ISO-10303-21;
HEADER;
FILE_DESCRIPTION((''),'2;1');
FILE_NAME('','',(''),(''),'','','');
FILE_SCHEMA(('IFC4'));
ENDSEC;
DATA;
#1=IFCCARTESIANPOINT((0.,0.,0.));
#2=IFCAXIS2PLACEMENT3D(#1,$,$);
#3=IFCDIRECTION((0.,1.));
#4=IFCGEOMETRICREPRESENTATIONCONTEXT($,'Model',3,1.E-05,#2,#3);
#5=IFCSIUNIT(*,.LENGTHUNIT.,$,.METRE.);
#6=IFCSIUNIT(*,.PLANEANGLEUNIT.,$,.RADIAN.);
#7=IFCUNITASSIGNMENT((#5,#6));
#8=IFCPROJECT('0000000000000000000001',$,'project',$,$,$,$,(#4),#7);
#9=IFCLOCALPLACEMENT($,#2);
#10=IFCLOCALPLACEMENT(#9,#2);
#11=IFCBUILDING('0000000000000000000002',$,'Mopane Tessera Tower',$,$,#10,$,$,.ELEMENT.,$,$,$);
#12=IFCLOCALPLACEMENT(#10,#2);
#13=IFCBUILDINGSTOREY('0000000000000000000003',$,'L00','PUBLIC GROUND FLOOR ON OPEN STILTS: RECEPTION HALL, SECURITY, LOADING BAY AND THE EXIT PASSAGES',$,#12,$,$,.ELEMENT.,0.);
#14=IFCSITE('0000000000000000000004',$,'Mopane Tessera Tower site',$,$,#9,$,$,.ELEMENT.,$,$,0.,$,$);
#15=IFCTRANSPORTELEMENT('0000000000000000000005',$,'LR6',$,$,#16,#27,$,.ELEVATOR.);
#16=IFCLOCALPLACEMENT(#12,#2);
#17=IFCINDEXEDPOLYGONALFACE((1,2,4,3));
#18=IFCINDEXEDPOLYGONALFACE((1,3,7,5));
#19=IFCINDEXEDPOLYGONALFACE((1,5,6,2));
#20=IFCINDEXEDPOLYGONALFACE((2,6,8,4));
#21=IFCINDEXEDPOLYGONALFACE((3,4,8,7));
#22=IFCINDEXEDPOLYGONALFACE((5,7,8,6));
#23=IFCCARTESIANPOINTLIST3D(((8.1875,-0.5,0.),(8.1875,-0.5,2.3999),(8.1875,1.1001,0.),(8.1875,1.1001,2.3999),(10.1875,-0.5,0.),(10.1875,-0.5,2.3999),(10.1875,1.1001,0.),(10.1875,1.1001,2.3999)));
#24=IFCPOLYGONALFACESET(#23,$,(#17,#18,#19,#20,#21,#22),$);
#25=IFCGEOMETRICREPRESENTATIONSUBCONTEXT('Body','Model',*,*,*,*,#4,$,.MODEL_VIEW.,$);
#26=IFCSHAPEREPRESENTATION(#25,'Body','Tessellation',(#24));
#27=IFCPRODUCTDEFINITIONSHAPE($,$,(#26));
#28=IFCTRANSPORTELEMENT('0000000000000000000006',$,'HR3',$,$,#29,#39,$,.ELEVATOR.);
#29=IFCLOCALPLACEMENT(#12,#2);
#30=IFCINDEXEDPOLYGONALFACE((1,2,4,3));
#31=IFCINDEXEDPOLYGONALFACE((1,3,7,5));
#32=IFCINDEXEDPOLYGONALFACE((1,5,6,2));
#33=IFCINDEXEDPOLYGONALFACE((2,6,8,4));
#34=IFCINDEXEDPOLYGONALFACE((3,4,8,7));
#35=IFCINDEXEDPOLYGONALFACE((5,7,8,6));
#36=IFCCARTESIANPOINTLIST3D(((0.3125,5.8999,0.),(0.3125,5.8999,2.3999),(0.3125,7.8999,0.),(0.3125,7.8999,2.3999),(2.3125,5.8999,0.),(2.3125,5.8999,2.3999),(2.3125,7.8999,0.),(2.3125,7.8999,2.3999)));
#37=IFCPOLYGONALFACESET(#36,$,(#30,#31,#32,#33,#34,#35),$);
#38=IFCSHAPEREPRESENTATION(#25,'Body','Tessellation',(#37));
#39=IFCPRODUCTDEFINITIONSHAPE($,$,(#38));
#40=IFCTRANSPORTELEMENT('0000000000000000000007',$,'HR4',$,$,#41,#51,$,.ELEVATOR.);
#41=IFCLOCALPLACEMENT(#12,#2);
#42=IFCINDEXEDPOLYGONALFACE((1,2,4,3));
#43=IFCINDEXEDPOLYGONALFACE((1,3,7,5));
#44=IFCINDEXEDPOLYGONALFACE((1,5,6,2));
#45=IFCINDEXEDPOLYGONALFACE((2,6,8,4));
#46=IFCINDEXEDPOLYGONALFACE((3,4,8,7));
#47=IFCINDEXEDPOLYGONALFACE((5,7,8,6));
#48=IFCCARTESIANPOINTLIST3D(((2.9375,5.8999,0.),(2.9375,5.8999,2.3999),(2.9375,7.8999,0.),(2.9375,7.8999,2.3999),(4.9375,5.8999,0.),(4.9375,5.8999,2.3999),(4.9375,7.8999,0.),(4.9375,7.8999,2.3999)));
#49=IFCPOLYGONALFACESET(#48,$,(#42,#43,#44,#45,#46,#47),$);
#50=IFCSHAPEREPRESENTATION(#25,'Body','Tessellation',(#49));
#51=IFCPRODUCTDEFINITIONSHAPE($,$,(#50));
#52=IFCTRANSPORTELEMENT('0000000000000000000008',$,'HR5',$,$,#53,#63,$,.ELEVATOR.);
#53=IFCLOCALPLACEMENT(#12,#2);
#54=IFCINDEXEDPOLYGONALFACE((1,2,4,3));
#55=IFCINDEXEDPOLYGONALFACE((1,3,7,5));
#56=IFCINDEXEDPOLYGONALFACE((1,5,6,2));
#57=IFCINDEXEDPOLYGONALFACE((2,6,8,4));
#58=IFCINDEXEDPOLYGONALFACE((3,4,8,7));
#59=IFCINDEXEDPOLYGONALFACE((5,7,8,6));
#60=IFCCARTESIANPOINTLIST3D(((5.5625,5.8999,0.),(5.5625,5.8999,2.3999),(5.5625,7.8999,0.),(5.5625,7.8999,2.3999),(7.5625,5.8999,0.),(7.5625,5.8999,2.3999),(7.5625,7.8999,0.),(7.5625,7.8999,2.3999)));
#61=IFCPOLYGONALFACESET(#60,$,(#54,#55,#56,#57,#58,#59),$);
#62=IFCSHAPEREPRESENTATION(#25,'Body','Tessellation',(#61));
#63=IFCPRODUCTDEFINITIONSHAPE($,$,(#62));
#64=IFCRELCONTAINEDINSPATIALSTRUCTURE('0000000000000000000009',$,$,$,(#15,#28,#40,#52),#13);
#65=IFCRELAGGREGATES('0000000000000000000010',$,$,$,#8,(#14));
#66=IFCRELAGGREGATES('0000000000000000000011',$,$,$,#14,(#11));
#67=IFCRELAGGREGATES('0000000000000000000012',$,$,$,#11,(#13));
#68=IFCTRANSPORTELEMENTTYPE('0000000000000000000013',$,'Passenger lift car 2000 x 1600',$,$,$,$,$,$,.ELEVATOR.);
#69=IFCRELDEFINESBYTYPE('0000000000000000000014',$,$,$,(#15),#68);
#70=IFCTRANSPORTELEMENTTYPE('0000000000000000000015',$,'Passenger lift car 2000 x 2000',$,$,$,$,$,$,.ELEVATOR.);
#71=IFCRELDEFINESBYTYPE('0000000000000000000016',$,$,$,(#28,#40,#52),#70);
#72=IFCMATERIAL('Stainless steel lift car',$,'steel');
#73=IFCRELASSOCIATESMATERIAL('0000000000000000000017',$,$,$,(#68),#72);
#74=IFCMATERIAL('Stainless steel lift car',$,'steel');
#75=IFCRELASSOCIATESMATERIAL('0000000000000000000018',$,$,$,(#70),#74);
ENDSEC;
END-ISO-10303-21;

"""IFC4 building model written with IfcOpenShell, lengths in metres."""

from ifc_helpers import new_model, si_unit, direction, frame, origin, origin_2d, place, context, subcontext, project, spatial, rectangle, extrude, material, type_object, element, save


model = new_model("IFC4")

# Units and contexts
model_context = context("Model", 3, precision=1e-05, world=origin(), true_north=direction((0.0, 1.0)))
body_context = subcontext(model_context, "Body", "Model", "MODEL_VIEW")
ifc_project = project(units=[si_unit("LENGTHUNIT", "METRE"), si_unit("PLANEANGLEUNIT", "RADIAN")], contexts=[model_context])

# Site, building, storey
site_placement = place(None, origin())
site = spatial("IfcSite", under=ifc_project, at=site_placement, Name="Mopane Tessera Tower site", CompositionType="ELEMENT", RefElevation=0.0)
building_placement = place(site_placement, origin())
building = spatial("IfcBuilding", under=site, at=building_placement, Name="Mopane Tessera Tower", CompositionType="ELEMENT")
storey_placement = place(building_placement, origin())
storey = spatial("IfcBuildingStorey", under=building, at=storey_placement, Name="L00", Description="PUBLIC GROUND FLOOR ON OPEN STILTS: RECEPTION HALL, SECURITY, LOADING BAY AND THE EXIT PASSAGES", CompositionType="ELEMENT", Elevation=0.0)

# Transport elements
ifc_material_1 = material(Name="Stainless steel lift car", Category="steel")
transport_element_type_1 = type_object("IfcTransportElementType", Name="Passenger lift car 2000 x 1600", PredefinedType="ELEVATOR", material=ifc_material_1)
for number, where, z_axis, x_axis, name in (
    (1, (9.1875, 0.3, 0.0), (0.0, 0.0, 1.0), (1.0, 0.0, 0.0), "LR6"),
):
    element("IfcTransportElement", number, at=place(storey_placement, frame(where, z_axis=z_axis, x_axis=x_axis)), inside=storey, type_object=transport_element_type_1, Name=name, PredefinedType="ELEVATOR", context=body_context, shape_type="SweptSolid", body=[
        extrude(rectangle(XDim=2.0, YDim=1.6001, at=origin_2d()), origin(), (0.0, 0.0, 1.0), 2.3999),
    ])
ifc_material_2 = material(Name="Stainless steel lift car", Category="steel")
transport_element_type_2 = type_object("IfcTransportElementType", Name="Passenger lift car 2000 x 2000", PredefinedType="ELEVATOR", material=ifc_material_2)
for number, where, z_axis, x_axis, name in (
    (2, (1.3125, 6.8999, 0.0), (0.0, 0.0, 1.0), (1.0, 0.0, 0.0), "HR3"),
    (3, (3.9375, 6.8999, 0.0), (0.0, 0.0, 1.0), (1.0, 0.0, 0.0), "HR4"),
    (4, (6.5625, 6.8999, 0.0), (0.0, 0.0, 1.0), (1.0, 0.0, 0.0), "HR5"),
):
    element("IfcTransportElement", number, at=place(storey_placement, frame(where, z_axis=z_axis, x_axis=x_axis)), inside=storey, type_object=transport_element_type_2, Name=name, PredefinedType="ELEVATOR", context=body_context, shape_type="SweptSolid", body=[
        extrude(rectangle(XDim=2.0, YDim=2.0, at=origin_2d()), origin(), (0.0, 0.0, 1.0), 2.3999),
    ])

save(model, "model.ifc")
